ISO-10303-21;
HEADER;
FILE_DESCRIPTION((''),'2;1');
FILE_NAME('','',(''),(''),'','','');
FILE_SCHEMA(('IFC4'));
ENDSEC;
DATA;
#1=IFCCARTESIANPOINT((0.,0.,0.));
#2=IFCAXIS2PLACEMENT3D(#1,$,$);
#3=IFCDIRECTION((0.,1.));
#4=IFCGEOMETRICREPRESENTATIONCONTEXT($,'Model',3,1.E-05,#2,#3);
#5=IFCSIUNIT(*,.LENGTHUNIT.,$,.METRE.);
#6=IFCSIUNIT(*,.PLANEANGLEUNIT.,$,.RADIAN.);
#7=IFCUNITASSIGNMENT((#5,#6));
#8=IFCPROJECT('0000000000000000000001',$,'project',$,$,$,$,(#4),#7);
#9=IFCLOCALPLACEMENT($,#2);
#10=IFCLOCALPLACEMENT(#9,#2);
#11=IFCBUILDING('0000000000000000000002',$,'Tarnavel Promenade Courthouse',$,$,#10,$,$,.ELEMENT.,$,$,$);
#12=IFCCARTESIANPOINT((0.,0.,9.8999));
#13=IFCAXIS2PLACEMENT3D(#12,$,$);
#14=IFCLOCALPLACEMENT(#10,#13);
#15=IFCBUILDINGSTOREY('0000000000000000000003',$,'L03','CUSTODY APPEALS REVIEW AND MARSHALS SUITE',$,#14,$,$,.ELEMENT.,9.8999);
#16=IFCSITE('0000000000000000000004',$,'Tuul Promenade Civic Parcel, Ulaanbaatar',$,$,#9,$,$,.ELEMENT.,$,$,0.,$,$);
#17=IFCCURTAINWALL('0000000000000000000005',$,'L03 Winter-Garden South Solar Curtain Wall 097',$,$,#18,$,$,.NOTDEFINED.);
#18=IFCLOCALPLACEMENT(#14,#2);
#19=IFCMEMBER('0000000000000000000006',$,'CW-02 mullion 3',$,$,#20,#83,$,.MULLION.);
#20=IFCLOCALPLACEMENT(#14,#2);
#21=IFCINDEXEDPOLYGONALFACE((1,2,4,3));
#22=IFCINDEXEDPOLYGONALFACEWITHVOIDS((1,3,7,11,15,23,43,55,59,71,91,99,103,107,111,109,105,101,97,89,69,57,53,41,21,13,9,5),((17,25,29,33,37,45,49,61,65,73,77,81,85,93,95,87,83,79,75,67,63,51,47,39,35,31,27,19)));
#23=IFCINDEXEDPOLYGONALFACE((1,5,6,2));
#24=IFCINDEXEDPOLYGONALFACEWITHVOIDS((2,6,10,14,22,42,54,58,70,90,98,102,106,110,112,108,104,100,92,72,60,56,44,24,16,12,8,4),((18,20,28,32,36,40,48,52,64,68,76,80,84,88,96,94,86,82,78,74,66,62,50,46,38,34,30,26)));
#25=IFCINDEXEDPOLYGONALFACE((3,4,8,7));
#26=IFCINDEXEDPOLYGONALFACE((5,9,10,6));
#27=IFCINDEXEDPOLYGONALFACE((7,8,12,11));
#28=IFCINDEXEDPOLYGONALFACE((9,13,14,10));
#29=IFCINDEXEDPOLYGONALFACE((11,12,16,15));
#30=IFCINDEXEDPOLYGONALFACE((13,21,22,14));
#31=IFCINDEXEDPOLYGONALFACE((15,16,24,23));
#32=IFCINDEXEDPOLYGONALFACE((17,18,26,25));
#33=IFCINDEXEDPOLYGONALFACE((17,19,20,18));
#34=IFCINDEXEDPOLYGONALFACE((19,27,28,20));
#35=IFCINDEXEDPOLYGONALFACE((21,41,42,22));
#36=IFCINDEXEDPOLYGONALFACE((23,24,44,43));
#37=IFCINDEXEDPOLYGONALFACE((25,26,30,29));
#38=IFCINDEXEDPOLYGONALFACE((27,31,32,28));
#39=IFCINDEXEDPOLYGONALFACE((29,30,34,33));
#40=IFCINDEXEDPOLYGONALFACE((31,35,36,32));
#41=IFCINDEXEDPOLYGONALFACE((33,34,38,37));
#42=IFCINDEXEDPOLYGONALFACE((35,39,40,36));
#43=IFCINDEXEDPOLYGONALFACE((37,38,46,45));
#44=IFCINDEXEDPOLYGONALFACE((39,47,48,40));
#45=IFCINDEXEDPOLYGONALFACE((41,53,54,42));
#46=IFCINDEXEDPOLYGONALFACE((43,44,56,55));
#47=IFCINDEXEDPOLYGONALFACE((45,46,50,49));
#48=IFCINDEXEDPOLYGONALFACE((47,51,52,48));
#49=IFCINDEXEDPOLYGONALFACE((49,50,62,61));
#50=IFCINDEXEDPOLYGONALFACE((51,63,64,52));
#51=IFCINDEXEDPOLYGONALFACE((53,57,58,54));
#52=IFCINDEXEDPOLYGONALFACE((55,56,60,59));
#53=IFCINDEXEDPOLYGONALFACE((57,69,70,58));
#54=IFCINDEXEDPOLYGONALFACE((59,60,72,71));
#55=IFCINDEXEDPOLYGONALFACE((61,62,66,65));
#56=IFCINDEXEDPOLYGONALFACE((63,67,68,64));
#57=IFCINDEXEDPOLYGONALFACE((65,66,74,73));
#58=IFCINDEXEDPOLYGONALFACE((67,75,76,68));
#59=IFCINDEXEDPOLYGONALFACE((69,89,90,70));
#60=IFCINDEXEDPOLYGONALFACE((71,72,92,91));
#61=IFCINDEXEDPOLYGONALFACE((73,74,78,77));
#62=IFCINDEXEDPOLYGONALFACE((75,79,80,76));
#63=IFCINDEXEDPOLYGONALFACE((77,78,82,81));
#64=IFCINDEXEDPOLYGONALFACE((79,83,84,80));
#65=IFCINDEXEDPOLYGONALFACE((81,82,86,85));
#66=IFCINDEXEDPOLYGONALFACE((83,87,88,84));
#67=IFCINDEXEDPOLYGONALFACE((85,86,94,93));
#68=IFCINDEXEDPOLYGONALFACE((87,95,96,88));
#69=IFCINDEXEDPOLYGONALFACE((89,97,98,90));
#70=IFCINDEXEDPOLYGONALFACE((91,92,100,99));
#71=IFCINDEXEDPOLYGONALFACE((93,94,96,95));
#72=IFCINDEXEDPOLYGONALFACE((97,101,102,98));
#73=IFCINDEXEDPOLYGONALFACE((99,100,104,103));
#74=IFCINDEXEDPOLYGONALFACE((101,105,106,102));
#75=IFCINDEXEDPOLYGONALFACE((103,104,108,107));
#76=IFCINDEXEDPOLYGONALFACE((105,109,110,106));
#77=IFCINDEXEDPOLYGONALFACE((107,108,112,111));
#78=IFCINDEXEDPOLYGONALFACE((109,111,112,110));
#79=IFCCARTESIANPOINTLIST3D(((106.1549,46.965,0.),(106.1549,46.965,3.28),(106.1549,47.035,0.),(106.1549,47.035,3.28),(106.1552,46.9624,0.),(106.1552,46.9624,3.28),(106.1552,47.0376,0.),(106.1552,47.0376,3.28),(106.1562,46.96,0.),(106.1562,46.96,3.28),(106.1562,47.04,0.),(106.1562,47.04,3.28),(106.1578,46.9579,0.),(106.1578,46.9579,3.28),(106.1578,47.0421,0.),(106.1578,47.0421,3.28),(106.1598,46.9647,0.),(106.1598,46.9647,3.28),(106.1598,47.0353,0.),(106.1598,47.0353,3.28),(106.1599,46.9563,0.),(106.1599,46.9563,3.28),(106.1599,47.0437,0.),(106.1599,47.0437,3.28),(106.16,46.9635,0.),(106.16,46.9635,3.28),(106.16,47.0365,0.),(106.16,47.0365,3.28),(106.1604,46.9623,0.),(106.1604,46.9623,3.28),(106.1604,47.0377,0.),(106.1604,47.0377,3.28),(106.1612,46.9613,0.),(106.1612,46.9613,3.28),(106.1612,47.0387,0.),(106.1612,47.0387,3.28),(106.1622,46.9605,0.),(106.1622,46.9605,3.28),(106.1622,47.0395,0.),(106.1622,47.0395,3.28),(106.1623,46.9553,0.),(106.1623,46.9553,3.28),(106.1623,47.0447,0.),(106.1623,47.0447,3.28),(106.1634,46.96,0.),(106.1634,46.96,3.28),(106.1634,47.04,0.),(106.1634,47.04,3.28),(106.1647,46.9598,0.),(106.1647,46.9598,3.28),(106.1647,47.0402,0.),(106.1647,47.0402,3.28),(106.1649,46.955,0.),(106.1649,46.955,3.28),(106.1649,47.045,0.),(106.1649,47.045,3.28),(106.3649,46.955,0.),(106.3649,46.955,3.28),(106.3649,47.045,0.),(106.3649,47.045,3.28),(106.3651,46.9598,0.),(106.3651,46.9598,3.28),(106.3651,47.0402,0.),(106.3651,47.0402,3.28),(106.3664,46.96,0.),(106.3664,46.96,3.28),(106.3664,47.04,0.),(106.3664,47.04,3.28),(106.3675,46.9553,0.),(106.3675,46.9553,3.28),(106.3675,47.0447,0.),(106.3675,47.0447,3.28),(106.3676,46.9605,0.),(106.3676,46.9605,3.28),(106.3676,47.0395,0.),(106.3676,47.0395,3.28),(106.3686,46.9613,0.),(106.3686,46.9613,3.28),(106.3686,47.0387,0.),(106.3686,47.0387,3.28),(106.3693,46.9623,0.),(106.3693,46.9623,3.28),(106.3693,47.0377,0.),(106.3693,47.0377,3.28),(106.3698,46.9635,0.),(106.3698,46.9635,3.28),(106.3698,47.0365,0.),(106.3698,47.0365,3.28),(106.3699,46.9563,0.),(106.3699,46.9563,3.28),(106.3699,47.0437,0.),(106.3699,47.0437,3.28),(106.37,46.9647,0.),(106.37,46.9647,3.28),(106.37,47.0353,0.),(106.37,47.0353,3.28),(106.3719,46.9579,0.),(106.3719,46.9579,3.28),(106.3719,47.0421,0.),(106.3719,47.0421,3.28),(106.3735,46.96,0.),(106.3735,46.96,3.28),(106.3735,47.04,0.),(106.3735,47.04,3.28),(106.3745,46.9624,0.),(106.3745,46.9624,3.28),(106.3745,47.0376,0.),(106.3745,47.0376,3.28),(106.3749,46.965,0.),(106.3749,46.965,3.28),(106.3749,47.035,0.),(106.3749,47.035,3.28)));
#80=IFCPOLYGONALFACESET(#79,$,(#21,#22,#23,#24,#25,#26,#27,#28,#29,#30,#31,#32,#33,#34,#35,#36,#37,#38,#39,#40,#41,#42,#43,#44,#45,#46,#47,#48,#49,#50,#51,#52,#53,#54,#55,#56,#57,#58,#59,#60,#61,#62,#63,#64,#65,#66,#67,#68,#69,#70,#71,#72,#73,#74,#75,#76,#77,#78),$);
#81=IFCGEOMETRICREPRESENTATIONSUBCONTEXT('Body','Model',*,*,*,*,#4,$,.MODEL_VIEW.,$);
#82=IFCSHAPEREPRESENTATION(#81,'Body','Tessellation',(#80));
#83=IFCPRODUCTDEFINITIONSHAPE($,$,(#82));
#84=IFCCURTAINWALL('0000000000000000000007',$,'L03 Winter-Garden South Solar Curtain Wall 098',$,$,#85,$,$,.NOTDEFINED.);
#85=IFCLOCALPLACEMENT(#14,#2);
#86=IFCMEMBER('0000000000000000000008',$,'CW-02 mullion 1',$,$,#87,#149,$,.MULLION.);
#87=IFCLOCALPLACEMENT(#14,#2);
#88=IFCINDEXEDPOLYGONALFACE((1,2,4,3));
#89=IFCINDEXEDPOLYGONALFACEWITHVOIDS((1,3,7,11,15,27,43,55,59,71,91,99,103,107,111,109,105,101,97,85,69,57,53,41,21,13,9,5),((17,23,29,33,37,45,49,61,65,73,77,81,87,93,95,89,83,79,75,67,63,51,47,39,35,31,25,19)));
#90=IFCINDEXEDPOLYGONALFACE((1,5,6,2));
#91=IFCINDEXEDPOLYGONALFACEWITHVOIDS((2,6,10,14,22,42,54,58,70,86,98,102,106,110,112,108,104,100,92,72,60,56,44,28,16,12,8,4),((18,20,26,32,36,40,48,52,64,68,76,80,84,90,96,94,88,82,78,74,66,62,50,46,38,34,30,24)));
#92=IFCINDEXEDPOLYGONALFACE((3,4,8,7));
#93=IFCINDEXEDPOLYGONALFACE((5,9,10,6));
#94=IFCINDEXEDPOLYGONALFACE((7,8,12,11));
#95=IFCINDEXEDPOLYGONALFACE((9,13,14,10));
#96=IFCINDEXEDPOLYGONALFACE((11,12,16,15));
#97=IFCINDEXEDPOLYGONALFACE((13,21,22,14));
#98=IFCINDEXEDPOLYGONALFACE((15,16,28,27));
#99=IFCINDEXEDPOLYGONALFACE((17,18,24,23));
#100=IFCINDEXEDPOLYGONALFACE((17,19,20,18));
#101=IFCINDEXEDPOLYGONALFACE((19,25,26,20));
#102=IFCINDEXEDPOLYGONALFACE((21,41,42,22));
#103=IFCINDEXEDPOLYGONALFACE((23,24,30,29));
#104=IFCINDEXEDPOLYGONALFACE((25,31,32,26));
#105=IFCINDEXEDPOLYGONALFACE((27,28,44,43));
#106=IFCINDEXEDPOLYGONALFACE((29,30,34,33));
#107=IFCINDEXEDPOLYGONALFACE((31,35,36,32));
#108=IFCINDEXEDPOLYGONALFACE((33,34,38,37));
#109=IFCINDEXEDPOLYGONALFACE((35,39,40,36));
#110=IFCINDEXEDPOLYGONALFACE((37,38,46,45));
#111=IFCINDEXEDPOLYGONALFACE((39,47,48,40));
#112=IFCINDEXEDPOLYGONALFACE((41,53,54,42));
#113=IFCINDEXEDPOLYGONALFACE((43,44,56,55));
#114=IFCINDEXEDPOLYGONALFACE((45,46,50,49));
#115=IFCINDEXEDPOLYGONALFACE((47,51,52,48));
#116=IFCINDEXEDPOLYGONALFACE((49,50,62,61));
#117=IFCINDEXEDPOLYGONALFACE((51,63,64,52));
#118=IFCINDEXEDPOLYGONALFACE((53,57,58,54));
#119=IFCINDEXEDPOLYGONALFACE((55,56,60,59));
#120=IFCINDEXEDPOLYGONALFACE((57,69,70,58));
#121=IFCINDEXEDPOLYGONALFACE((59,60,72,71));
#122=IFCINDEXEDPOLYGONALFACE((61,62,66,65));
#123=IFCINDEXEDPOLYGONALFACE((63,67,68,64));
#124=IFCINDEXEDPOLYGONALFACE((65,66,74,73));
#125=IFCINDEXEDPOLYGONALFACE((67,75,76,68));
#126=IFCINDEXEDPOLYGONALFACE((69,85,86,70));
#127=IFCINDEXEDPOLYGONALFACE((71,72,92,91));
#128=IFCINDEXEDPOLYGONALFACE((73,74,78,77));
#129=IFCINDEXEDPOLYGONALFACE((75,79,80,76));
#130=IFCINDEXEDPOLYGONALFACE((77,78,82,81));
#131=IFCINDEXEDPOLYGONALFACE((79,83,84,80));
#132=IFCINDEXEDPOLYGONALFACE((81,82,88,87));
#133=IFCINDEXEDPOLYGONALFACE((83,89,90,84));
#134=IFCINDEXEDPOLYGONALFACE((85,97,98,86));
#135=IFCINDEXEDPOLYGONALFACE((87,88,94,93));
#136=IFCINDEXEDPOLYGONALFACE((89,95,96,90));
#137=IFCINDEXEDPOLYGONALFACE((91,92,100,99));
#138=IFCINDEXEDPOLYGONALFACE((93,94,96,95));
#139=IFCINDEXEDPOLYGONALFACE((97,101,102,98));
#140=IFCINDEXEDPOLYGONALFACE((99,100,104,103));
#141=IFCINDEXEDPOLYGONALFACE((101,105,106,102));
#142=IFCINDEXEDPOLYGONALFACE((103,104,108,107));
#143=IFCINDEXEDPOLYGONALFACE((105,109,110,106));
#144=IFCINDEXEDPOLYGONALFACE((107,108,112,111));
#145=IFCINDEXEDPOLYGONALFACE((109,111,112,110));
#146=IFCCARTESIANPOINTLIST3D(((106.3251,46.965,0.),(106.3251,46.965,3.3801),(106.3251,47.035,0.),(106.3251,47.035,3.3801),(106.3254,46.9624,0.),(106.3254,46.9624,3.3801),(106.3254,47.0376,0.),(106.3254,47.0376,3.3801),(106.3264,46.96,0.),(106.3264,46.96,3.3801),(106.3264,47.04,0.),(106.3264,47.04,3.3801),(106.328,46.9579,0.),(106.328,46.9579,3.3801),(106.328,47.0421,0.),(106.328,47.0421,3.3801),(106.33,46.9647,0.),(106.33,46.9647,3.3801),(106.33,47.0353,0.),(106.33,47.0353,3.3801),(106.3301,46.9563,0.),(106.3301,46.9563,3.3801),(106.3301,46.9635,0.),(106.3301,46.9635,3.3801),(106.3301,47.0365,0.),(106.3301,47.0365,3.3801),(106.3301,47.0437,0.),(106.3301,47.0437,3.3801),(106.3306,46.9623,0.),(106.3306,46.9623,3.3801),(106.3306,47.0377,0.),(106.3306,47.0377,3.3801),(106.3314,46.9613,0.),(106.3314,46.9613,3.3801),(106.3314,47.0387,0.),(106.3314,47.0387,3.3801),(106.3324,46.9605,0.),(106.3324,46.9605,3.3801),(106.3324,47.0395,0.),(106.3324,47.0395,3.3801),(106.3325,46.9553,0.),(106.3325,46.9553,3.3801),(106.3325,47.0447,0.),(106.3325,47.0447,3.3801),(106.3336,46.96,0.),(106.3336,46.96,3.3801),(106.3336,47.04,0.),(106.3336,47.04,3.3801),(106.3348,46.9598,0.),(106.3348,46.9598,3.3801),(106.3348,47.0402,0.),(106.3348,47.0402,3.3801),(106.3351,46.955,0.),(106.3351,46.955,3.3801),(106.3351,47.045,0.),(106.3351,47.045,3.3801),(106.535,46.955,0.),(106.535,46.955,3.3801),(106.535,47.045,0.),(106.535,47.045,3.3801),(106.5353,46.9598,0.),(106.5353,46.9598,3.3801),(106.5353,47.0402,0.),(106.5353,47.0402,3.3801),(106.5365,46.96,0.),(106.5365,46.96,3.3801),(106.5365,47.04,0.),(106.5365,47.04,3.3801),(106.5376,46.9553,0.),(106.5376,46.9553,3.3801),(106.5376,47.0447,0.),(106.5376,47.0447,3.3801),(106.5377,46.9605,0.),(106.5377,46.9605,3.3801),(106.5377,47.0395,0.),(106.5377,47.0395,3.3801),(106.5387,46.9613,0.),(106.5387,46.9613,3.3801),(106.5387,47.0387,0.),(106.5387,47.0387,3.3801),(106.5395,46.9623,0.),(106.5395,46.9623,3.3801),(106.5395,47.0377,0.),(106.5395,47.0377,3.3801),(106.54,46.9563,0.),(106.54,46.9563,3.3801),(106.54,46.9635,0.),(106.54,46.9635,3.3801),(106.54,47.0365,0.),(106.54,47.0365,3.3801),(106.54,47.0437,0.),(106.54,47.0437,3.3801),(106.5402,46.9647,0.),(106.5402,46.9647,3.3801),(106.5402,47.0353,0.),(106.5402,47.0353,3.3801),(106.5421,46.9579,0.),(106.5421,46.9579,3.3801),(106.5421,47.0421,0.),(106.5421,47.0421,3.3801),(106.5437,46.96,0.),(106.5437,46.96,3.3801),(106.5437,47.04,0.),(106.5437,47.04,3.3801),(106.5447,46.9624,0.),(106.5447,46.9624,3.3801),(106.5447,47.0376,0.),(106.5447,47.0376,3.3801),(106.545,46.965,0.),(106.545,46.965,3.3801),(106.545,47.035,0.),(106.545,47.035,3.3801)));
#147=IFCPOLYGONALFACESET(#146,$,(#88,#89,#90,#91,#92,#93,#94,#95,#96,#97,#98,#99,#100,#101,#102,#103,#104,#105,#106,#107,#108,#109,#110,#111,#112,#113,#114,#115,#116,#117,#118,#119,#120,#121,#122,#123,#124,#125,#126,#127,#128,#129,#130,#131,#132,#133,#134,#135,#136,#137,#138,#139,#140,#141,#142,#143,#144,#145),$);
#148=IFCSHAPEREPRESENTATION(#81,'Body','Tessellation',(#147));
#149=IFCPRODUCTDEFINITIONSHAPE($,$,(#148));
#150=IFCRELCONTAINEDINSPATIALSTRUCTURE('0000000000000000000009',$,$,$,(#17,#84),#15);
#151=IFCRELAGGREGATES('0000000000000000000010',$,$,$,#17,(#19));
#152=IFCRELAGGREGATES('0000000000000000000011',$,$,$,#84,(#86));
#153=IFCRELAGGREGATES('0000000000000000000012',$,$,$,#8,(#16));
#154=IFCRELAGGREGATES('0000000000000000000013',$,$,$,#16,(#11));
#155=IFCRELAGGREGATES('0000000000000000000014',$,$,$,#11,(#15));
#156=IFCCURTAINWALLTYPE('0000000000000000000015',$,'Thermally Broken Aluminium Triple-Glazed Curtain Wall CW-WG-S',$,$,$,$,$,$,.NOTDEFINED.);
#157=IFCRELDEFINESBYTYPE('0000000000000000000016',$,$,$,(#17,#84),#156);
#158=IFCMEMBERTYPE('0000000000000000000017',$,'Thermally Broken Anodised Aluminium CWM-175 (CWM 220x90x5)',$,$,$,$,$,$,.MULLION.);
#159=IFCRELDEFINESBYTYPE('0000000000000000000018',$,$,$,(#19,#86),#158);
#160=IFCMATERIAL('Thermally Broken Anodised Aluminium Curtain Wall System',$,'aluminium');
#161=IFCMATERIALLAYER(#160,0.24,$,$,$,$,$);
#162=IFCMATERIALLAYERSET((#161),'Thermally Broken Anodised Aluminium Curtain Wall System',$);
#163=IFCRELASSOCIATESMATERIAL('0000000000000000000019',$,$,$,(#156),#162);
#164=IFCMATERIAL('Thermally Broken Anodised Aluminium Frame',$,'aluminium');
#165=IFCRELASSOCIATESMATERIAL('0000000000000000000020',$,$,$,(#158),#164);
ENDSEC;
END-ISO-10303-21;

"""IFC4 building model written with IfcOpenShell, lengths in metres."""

from ifc_helpers import new_model, si_unit, direction, frame, origin, origin_2d, place, context, subcontext, project, spatial, hollow_rectangle, extrude, material, layer, layer_set, material_profile, profile_set, type_object, element, aggregate, save


model = new_model("IFC4")

# Units and contexts
model_context = context("Model", 3, precision=1e-05, world=origin(), true_north=direction((0.0, 1.0)))
body_context = subcontext(model_context, "Body", "Model", "MODEL_VIEW")
ifc_project = project(units=[si_unit("LENGTHUNIT", "METRE"), si_unit("PLANEANGLEUNIT", "RADIAN")], contexts=[model_context])

# Site, building, storey
site_placement = place(None, origin())
site = spatial("IfcSite", under=ifc_project, at=site_placement, Name="Tuul Promenade Civic Parcel, Ulaanbaatar", CompositionType="ELEMENT", RefElevation=0.0)
building_placement = place(site_placement, origin())
building = spatial("IfcBuilding", under=site, at=building_placement, Name="Tarnavel Promenade Courthouse", CompositionType="ELEMENT")
storey_placement = place(building_placement, frame((0.0, 0.0, 9.8999)))
storey = spatial("IfcBuildingStorey", under=building, at=storey_placement, Name="L03", Description="CUSTODY APPEALS REVIEW AND MARSHALS SUITE", CompositionType="ELEMENT", Elevation=9.8999)

# Curtain wall, member
ifc_material_1 = material(Name="Thermally Broken Anodised Aluminium Curtain Wall System", Category="aluminium")
ifc_layer_1 = layer(ifc_material_1, 0.24)
ifc_layer_set_1 = layer_set([ifc_layer_1], Name="Thermally Broken Anodised Aluminium Curtain Wall System")
curtain_wall_type = type_object("IfcCurtainWallType", Name="Thermally Broken Aluminium Triple-Glazed Curtain Wall CW-WG-S", PredefinedType="NOTDEFINED", material=ifc_layer_set_1)
curtain_wall_1_placement = place(storey_placement, origin())
curtain_wall_1 = element("IfcCurtainWall", 1, at=curtain_wall_1_placement, inside=storey, type_object=curtain_wall_type, Name="L03 Winter-Garden South Solar Curtain Wall 097", PredefinedType="NOTDEFINED")
ifc_material_2 = material(Name="Thermally Broken Anodised Aluminium Frame", Category="aluminium")
ifc_material_profile_1 = material_profile(ifc_material_2, hollow_rectangle(XDim=0.0901, YDim=0.22, WallThickness=0.0049, InnerFilletRadius=0.0049, OuterFilletRadius=0.01, at=origin_2d()), Name="CWM 220x90x5")
ifc_profile_set_1 = profile_set([ifc_material_profile_1], Name="Thermally Broken Anodised Aluminium Frame")
member_type_1 = type_object("IfcMemberType", Name="Thermally Broken Anodised Aluminium CWM-175 (CWM 220x90x5)", PredefinedType="MULLION", material=ifc_profile_set_1)
member_1_placement = place(storey_placement, frame((106.2649, 47.0, 0.0), z_axis=(0.0, 0.0, 1.0), x_axis=(0.0, 1.0, 0.0)))
member_1 = element("IfcMember", 2, at=member_1_placement, type_object=member_type_1, Name="CW-02 mullion 3", PredefinedType="MULLION", context=body_context, shape_type="SweptSolid", body=[
    extrude(hollow_rectangle(XDim=0.0901, YDim=0.22, WallThickness=0.0049, InnerFilletRadius=0.0049, OuterFilletRadius=0.01, at=origin_2d()), origin(), (0.0, 0.0, 1.0), 3.28),
])

# Curtain wall, member
curtain_wall_2_placement = place(storey_placement, origin())
curtain_wall_2 = element("IfcCurtainWall", 3, at=curtain_wall_2_placement, inside=storey, type_object=curtain_wall_type, Name="L03 Winter-Garden South Solar Curtain Wall 098", PredefinedType="NOTDEFINED")
member_2_placement = place(storey_placement, frame((106.4351, 47.0, 0.0), z_axis=(0.0, 0.0, 1.0), x_axis=(0.0, 1.0, 0.0)))
member_2 = element("IfcMember", 4, at=member_2_placement, type_object=member_type_1, Name="CW-02 mullion 1", PredefinedType="MULLION", context=body_context, shape_type="SweptSolid", body=[
    extrude(hollow_rectangle(XDim=0.0901, YDim=0.22, WallThickness=0.0049, InnerFilletRadius=0.0049, OuterFilletRadius=0.01, at=origin_2d()), origin(), (0.0, 0.0, 1.0), 3.3801),
])

aggregate(curtain_wall_1, [member_1])
aggregate(curtain_wall_2, [member_2])

save(model, "model.ifc")
